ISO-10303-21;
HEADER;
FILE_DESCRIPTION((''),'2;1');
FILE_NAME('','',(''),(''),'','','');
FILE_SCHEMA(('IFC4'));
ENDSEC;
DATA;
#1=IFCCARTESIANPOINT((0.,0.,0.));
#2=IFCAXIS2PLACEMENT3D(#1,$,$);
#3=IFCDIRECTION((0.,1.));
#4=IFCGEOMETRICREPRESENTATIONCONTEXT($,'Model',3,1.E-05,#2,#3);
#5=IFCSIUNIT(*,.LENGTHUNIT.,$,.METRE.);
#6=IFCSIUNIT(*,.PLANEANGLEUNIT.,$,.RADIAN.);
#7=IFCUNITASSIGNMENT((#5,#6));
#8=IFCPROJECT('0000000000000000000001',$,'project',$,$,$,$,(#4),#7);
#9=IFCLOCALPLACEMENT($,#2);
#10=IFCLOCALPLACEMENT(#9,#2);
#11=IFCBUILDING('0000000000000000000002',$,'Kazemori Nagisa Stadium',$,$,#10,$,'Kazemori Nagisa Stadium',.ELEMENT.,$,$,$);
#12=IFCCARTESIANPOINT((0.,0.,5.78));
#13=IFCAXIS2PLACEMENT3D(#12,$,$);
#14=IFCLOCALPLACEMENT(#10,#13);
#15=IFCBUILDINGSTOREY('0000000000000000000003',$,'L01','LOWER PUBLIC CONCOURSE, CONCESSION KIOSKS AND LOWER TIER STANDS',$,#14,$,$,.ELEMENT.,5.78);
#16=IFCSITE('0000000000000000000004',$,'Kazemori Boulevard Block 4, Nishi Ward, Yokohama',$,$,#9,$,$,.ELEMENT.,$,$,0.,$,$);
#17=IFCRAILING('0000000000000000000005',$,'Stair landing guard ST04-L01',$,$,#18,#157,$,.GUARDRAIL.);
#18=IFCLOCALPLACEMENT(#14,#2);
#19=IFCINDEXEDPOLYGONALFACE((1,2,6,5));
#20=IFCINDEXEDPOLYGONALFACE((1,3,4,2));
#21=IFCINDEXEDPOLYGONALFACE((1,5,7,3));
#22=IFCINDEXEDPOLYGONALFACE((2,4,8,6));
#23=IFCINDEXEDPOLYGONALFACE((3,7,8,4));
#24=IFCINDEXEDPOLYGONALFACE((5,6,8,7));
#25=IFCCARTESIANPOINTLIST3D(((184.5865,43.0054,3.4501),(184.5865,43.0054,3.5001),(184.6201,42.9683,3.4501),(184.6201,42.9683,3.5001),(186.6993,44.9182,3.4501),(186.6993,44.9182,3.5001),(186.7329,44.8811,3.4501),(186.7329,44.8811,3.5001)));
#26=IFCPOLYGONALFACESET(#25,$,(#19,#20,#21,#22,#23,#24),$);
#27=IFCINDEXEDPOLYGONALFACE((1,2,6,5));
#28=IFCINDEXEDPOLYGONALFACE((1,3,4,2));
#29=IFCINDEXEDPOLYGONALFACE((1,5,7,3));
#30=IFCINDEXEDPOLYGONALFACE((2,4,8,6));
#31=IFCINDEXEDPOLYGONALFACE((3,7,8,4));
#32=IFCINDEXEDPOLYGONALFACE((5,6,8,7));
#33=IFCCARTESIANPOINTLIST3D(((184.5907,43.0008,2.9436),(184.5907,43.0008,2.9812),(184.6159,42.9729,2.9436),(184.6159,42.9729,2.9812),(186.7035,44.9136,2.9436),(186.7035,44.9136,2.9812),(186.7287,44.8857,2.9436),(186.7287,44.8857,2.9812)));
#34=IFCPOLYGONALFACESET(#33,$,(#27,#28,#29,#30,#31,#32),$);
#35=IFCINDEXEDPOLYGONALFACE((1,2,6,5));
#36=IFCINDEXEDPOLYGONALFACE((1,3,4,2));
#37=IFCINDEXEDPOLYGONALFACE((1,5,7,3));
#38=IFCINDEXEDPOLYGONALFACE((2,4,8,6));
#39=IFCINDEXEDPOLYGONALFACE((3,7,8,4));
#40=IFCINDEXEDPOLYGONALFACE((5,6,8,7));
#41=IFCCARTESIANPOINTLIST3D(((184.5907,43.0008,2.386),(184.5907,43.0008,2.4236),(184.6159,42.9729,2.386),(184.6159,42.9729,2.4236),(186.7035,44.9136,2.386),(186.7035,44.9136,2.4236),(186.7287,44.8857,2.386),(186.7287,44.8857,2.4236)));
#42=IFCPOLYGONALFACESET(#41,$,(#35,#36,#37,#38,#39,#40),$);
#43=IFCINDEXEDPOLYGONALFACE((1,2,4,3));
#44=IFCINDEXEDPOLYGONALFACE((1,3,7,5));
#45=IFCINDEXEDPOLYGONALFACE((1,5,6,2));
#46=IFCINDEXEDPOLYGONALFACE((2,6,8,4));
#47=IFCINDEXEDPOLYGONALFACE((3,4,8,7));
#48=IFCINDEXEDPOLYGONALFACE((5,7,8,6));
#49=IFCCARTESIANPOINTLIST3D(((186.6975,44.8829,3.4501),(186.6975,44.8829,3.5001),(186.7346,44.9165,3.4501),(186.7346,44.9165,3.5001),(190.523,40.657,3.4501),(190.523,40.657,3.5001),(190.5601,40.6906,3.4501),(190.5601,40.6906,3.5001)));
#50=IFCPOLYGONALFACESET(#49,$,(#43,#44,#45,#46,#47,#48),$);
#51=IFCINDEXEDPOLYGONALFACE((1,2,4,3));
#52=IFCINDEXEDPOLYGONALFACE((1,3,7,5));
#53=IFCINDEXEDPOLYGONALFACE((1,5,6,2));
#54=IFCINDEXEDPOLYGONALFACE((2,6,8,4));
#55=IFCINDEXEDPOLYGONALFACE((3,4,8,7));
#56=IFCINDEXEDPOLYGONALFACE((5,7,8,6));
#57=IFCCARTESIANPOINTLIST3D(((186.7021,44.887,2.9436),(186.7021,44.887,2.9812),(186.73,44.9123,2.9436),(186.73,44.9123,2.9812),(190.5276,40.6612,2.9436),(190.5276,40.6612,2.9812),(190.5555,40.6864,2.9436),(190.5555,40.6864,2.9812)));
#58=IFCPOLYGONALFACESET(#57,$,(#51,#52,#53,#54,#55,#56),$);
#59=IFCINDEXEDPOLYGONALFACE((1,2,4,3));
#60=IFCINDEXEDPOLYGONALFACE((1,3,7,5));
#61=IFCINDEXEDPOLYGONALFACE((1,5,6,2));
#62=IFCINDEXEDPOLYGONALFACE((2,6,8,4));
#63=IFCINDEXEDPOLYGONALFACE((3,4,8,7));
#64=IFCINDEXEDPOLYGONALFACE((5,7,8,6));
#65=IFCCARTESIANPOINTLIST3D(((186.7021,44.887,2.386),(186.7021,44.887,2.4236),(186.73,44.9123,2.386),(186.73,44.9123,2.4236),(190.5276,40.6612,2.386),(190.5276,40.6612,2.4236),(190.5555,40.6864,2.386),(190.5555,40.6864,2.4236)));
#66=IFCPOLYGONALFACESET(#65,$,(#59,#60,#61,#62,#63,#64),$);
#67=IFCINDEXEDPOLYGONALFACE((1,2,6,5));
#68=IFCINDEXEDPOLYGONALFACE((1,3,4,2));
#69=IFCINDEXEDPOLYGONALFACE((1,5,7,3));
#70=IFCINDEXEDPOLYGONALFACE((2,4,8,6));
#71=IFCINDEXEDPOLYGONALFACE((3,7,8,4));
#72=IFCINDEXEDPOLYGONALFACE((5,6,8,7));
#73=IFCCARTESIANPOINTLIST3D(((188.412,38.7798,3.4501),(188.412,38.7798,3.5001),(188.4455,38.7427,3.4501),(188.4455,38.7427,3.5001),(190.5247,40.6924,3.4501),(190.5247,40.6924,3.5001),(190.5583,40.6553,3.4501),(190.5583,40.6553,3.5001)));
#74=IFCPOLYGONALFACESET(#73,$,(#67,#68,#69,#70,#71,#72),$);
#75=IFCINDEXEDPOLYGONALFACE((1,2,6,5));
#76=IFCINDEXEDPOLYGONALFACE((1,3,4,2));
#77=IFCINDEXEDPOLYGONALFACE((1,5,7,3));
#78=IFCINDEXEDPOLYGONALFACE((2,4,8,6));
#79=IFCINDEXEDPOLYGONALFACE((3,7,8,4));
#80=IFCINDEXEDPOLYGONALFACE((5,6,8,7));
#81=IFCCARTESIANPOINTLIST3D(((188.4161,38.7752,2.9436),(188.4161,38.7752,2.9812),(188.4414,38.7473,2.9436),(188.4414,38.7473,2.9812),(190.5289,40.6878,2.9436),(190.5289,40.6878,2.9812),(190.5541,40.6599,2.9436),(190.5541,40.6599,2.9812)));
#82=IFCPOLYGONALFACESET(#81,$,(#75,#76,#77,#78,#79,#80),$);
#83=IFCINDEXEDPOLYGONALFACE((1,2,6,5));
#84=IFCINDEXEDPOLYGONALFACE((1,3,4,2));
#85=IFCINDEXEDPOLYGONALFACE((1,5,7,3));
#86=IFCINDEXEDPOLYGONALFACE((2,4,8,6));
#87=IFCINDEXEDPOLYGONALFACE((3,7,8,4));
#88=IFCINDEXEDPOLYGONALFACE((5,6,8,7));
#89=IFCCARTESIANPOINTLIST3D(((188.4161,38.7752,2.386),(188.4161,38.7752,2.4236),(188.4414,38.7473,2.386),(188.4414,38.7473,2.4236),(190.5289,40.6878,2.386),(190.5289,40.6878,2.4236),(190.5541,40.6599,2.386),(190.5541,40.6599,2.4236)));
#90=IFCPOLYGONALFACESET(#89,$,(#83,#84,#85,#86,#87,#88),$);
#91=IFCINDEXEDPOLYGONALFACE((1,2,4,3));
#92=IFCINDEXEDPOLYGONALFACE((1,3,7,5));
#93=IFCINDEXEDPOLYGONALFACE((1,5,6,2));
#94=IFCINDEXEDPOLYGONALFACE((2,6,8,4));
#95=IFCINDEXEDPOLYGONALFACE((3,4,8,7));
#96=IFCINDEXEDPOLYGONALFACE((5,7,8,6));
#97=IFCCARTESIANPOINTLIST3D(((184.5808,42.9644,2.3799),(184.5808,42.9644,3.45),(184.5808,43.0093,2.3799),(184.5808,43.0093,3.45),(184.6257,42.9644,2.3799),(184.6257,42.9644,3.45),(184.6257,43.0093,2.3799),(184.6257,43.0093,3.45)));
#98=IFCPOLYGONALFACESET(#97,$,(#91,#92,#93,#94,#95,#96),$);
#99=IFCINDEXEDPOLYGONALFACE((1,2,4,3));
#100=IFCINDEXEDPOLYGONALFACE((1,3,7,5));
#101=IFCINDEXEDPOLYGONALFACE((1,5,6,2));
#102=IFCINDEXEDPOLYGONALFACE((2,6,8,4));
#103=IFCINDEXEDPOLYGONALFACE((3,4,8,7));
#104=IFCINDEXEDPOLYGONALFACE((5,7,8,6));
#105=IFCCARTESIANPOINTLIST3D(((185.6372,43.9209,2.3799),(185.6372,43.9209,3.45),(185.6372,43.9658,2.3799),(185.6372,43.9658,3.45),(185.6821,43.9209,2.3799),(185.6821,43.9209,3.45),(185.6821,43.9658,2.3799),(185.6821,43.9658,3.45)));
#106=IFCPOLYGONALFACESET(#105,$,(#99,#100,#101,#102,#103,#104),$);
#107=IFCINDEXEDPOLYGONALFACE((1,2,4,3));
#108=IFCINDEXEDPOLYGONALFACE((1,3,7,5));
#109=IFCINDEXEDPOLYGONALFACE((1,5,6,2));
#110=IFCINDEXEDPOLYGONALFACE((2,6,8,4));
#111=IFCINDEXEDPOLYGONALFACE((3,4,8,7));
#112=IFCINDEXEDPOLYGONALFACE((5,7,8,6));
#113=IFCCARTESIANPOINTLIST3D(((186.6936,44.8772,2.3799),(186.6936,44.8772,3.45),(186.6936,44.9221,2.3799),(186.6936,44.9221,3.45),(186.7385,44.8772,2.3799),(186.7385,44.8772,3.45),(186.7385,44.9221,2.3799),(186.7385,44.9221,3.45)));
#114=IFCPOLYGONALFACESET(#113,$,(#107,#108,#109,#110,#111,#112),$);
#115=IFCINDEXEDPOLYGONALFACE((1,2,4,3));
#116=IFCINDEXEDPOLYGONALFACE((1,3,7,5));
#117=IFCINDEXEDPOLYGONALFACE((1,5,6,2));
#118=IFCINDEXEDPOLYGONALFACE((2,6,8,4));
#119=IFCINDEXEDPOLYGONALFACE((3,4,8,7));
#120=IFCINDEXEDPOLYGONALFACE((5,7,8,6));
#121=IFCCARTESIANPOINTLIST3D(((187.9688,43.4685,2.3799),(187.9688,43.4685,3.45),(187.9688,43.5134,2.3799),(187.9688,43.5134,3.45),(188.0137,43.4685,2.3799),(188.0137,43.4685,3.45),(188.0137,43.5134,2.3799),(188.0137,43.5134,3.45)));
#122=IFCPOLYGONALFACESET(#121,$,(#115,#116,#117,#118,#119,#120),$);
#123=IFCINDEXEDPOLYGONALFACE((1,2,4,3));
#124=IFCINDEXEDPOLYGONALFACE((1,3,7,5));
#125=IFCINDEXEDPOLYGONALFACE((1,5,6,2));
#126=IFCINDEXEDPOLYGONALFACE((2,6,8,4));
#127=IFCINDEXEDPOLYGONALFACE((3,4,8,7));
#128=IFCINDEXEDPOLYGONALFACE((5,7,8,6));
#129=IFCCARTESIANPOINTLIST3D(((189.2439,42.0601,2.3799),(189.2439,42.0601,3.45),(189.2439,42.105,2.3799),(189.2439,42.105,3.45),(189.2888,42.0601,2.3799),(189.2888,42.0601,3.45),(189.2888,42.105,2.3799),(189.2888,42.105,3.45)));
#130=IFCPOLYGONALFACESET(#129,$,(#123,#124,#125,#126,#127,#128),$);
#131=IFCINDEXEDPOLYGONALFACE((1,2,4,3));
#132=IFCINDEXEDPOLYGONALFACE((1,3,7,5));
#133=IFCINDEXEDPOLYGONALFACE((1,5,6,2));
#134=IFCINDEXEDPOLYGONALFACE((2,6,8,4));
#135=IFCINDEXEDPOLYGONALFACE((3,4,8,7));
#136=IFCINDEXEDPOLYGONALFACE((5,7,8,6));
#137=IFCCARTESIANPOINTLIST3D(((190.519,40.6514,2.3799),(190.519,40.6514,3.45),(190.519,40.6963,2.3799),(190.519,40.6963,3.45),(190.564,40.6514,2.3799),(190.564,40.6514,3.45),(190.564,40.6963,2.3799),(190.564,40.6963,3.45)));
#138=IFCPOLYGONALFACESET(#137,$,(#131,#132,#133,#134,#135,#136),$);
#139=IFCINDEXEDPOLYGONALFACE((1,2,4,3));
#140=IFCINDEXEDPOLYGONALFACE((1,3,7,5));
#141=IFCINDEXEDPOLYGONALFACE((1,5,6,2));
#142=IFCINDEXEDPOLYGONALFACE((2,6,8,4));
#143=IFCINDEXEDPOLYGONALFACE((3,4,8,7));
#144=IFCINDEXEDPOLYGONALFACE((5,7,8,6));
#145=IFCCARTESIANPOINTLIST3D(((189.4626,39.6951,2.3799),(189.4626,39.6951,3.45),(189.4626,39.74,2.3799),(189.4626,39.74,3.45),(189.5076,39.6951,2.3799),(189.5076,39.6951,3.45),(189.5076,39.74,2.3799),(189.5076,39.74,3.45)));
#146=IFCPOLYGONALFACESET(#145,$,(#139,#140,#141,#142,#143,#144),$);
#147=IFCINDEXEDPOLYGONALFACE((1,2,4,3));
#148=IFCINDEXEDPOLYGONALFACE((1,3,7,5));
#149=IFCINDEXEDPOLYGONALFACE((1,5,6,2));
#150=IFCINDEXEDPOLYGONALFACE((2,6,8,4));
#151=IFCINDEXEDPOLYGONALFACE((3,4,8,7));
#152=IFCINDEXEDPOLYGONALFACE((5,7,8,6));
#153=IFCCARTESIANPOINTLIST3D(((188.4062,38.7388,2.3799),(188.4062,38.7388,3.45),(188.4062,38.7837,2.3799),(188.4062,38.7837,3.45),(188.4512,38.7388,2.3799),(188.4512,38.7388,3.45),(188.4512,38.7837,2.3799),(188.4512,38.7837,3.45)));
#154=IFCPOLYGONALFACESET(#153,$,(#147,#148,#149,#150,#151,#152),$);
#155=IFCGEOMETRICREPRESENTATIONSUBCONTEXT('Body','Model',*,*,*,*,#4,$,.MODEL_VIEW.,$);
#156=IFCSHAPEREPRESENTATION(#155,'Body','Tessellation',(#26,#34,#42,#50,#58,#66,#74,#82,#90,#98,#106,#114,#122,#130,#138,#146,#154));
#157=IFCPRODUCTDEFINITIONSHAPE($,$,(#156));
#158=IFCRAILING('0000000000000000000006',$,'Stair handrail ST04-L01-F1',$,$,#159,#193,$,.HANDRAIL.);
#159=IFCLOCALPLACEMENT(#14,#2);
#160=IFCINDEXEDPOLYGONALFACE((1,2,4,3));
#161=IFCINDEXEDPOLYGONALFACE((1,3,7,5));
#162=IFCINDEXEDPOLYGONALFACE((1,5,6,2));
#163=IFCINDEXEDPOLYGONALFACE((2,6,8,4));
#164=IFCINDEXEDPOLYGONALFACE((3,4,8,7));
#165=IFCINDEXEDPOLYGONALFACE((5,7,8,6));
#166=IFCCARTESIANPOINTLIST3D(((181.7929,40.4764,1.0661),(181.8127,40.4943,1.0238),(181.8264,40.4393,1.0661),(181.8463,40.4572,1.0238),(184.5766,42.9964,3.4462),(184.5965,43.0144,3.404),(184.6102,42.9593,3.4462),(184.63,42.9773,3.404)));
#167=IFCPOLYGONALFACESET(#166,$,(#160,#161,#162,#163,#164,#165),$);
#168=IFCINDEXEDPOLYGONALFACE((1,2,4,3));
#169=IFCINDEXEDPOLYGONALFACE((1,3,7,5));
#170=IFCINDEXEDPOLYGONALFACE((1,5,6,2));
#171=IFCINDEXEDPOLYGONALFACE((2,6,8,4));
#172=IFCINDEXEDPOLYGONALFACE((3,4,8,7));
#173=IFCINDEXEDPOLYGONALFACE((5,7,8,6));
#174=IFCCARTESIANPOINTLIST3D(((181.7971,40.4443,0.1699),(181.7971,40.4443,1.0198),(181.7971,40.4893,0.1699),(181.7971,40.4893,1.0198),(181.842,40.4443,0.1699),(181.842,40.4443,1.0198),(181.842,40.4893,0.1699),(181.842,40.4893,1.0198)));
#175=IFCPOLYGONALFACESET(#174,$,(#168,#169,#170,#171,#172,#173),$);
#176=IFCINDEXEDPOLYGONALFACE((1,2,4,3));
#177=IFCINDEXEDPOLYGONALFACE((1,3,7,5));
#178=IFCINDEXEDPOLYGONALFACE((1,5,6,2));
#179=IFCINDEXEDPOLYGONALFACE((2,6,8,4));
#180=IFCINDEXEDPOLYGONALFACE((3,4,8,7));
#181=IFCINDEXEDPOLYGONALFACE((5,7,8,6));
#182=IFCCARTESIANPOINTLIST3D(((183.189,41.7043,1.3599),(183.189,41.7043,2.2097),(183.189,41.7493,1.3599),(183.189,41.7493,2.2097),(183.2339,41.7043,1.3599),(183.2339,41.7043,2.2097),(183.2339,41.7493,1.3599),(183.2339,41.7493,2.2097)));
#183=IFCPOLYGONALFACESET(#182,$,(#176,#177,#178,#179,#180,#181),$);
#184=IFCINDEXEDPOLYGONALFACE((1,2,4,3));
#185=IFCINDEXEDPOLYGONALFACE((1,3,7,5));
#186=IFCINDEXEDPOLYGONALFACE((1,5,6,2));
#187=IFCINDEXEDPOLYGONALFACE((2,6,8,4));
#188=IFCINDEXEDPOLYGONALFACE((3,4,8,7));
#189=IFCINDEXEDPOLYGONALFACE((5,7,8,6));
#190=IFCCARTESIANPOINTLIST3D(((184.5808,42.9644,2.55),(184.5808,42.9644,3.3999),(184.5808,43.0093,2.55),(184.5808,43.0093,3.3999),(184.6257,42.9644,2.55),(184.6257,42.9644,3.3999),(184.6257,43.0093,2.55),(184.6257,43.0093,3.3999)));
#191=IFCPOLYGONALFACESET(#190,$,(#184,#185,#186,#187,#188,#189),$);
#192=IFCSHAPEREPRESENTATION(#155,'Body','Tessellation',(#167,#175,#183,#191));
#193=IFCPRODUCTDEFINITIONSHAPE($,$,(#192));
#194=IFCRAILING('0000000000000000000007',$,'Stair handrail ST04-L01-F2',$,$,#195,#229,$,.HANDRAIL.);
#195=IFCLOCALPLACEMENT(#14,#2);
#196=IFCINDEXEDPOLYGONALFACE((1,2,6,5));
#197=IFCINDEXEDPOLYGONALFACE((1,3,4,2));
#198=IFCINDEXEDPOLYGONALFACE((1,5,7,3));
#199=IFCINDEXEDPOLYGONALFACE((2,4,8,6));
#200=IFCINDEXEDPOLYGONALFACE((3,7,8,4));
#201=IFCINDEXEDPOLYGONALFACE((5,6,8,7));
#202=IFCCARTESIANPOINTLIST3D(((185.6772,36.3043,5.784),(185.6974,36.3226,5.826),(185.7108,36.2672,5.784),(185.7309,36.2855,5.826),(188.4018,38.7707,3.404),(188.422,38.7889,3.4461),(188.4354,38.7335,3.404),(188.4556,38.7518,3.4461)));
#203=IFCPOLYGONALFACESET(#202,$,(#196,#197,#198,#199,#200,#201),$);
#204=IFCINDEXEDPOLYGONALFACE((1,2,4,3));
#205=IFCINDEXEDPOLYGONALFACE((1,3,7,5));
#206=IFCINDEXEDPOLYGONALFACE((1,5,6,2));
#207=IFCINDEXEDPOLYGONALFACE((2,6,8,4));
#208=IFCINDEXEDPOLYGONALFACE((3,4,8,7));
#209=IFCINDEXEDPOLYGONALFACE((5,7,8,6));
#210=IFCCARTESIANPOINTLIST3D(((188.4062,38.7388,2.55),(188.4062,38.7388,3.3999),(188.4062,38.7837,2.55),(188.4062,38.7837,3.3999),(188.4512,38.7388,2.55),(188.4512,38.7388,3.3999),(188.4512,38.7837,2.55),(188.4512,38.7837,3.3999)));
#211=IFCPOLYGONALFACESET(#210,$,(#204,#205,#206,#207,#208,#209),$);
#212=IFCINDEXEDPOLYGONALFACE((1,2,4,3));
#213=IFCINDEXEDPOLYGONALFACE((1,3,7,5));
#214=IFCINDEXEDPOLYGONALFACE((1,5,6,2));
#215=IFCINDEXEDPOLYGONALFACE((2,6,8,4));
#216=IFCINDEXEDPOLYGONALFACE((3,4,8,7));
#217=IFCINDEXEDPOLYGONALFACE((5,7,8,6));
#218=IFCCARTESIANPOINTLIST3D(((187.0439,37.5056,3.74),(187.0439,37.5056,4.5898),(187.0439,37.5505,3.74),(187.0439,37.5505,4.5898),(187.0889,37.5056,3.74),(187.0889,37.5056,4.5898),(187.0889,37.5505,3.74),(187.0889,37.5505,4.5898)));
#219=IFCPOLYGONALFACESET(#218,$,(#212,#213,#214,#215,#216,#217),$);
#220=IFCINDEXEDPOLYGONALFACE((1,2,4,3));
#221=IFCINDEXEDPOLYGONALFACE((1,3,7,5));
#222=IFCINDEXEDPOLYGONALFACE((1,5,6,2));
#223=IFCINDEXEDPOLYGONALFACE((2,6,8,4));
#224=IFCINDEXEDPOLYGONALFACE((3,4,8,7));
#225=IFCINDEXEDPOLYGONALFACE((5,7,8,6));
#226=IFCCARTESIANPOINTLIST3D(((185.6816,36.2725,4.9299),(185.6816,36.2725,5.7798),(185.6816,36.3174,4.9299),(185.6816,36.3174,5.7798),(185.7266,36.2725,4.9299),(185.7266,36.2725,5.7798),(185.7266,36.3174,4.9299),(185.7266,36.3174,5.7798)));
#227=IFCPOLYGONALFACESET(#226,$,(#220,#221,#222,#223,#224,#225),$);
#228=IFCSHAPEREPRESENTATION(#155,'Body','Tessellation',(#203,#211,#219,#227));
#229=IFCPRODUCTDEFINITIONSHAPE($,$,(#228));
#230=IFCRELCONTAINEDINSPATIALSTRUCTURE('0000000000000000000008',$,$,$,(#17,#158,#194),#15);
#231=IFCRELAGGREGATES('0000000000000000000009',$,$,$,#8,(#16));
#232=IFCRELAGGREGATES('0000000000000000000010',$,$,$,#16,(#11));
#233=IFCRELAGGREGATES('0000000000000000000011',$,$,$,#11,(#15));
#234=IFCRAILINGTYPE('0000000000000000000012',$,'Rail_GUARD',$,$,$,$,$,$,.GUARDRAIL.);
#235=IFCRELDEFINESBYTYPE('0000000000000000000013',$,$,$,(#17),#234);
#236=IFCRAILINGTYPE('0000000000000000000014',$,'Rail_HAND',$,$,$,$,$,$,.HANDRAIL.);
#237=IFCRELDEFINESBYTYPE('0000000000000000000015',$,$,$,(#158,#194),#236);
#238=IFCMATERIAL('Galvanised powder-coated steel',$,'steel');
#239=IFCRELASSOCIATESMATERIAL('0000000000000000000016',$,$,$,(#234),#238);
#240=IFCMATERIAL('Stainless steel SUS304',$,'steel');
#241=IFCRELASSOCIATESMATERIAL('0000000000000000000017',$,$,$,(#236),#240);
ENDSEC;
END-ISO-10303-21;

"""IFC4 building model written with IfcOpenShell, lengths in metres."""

from ifc_helpers import new_model, si_unit, direction, frame, origin, origin_2d, place, context, subcontext, project, spatial, rectangle, extrude, material, type_object, element, save


model = new_model("IFC4")

# Units and contexts
model_context = context("Model", 3, precision=1e-05, world=origin(), true_north=direction((0.0, 1.0)))
body_context = subcontext(model_context, "Body", "Model", "MODEL_VIEW")
ifc_project = project(units=[si_unit("LENGTHUNIT", "METRE"), si_unit("PLANEANGLEUNIT", "RADIAN")], contexts=[model_context])

# Site, building, storey
site_placement = place(None, origin())
site = spatial("IfcSite", under=ifc_project, at=site_placement, Name="Kazemori Boulevard Block 4, Nishi Ward, Yokohama", CompositionType="ELEMENT", RefElevation=0.0)
building_placement = place(site_placement, origin())
building = spatial("IfcBuilding", under=site, at=building_placement, Name="Kazemori Nagisa Stadium", LongName="Kazemori Nagisa Stadium", CompositionType="ELEMENT")
storey_placement = place(building_placement, frame((0.0, 0.0, 5.78)))
storey = spatial("IfcBuildingStorey", under=building, at=storey_placement, Name="L01", Description="LOWER PUBLIC CONCOURSE, CONCESSION KIOSKS AND LOWER TIER STANDS", CompositionType="ELEMENT", Elevation=5.78)

# Railings
ifc_material_1 = material(Name="Galvanised powder-coated steel", Category="steel")
railing_type_1 = type_object("IfcRailingType", Name="Rail_GUARD", PredefinedType="GUARDRAIL", material=ifc_material_1)
railing_1_placement = place(storey_placement, frame((184.6033, 42.9868, 2.3799)))
element("IfcRailing", 1, at=railing_1_placement, inside=storey, type_object=railing_type_1, Name="Stair landing guard ST04-L01", PredefinedType="GUARDRAIL", context=body_context, shape_type="SweptSolid", body=[
    extrude(rectangle(XDim=0.05, YDim=0.05, at=origin_2d()), frame((0.0, 0.0, 1.0952), z_axis=(0.741315, 0.671158, 0.0), x_axis=(-0.671158, 0.741315, 0.0)), (0.0, 0.0, 1.0), 2.8501),
    extrude(rectangle(XDim=0.0376, YDim=0.0376, at=origin_2d()), frame((0.0, 0.0, 0.5825), z_axis=(0.741315, 0.671158, 0.0), x_axis=(-0.671158, 0.741315, 0.0)), (0.0, 0.0, 1.0), 2.8501),
    extrude(rectangle(XDim=0.0376, YDim=0.0376, at=origin_2d()), frame((0.0, 0.0, 0.0249), z_axis=(0.741315, 0.671158, 0.0), x_axis=(-0.671158, 0.741315, 0.0)), (0.0, 0.0, 1.0), 2.8501),
    extrude(rectangle(XDim=0.05, YDim=0.05, at=origin_2d()), frame((2.1128, 1.9128, 1.0952), z_axis=(0.671113, -0.741355, 0.0), x_axis=(0.741355, 0.671113, 0.0)), (0.0, 0.0, 1.0), 5.7002),
    extrude(rectangle(XDim=0.0376, YDim=0.0376, at=origin_2d()), frame((2.1128, 1.9128, 0.5825), z_axis=(0.671113, -0.741355, 0.0), x_axis=(0.741355, 0.671113, 0.0)), (0.0, 0.0, 1.0), 5.7002),
    extrude(rectangle(XDim=0.0376, YDim=0.0376, at=origin_2d()), frame((2.1128, 1.9128, 0.0249), z_axis=(0.671113, -0.741355, 0.0), x_axis=(0.741355, 0.671113, 0.0)), (0.0, 0.0, 1.0), 5.7002),
    extrude(rectangle(XDim=0.05, YDim=0.05, at=origin_2d()), frame((5.9382, -2.313, 1.0952), z_axis=(-0.741357, -0.671111, 0.0), x_axis=(0.671111, -0.741357, 0.0)), (0.0, 0.0, 1.0), 2.8499),
    extrude(rectangle(XDim=0.0376, YDim=0.0376, at=origin_2d()), frame((5.9382, -2.313, 0.5825), z_axis=(-0.741357, -0.671111, 0.0), x_axis=(0.671111, -0.741357, 0.0)), (0.0, 0.0, 1.0), 2.8499),
    extrude(rectangle(XDim=0.0376, YDim=0.0376, at=origin_2d()), frame((5.9382, -2.313, 0.0249), z_axis=(-0.741357, -0.671111, 0.0), x_axis=(0.671111, -0.741357, 0.0)), (0.0, 0.0, 1.0), 2.8499),
    extrude(rectangle(XDim=0.0449, YDim=0.0449, at=origin_2d()), origin(), (0.0, 0.0, 1.0), 1.0701),
    extrude(rectangle(XDim=0.0449, YDim=0.0449, at=origin_2d()), frame((1.0564, 0.9565, 0.0)), (0.0, 0.0, 1.0), 1.0701),
    extrude(rectangle(XDim=0.0449, YDim=0.0449, at=origin_2d()), frame((2.1128, 1.9128, 0.0)), (0.0, 0.0, 1.0), 1.0701),
    extrude(rectangle(XDim=0.0449, YDim=0.0449, at=origin_2d()), frame((3.3879, 0.5042, 0.0)), (0.0, 0.0, 1.0), 1.0701),
    extrude(rectangle(XDim=0.0449, YDim=0.0449, at=origin_2d()), frame((4.6631, -0.9043, 0.0)), (0.0, 0.0, 1.0), 1.0701),
    extrude(rectangle(XDim=0.0449, YDim=0.0449, at=origin_2d()), frame((5.9382, -2.313, 0.0)), (0.0, 0.0, 1.0), 1.0701),
    extrude(rectangle(XDim=0.0449, YDim=0.0449, at=origin_2d()), frame((4.8818, -3.2693, 0.0)), (0.0, 0.0, 1.0), 1.0701),
    extrude(rectangle(XDim=0.0449, YDim=0.0449, at=origin_2d()), frame((3.8254, -4.2256, 0.0)), (0.0, 0.0, 1.0), 1.0701),
])
ifc_material_2 = material(Name="Stainless steel SUS304", Category="steel")
railing_type_2 = type_object("IfcRailingType", Name="Rail_HAND", PredefinedType="HANDRAIL", material=ifc_material_2)
railing_2_placement = place(storey_placement, frame((181.8196, 40.4668, 0.1699)))
element("IfcRailing", 2, at=railing_2_placement, inside=storey, type_object=railing_type_2, Name="Stair handrail ST04-L01-F1", PredefinedType="HANDRAIL", context=body_context, shape_type="SweptSolid", body=[
    extrude(rectangle(XDim=0.05, YDim=0.05, at=origin_2d()), frame((0.0, 0.0, 0.875), z_axis=(0.626151, 0.566842, 0.535375), x_axis=(-0.671124, 0.741345, 0.0)), (0.0, 0.0, 1.0), 4.4458),
    extrude(rectangle(XDim=0.0449, YDim=0.0449, at=origin_2d()), origin(), (0.0, 0.0, 1.0), 0.8499),
    extrude(rectangle(XDim=0.0449, YDim=0.0449, at=origin_2d()), frame((1.3918, 1.26, 1.1899)), (0.0, 0.0, 1.0), 0.8499),
    extrude(rectangle(XDim=0.0449, YDim=0.0449, at=origin_2d()), frame((2.7837, 2.52, 2.3801)), (0.0, 0.0, 1.0), 0.8499),
])
railing_3_placement = place(storey_placement, frame((188.4287, 38.7612, 2.55)))
element("IfcRailing", 3, at=railing_3_placement, inside=storey, type_object=railing_type_2, Name="Stair handrail ST04-L01-F2", PredefinedType="HANDRAIL", context=body_context, shape_type="SweptSolid", body=[
    extrude(rectangle(XDim=0.05, YDim=0.05, at=origin_2d()), frame((0.0, 0.0, 0.875), z_axis=(-0.62229, -0.563295, 0.543556), x_axis=(0.671091, -0.741375, 0.0)), (0.0, 0.0, 1.0), 4.3784),
    extrude(rectangle(XDim=0.0449, YDim=0.0449, at=origin_2d()), origin(), (0.0, 0.0, 1.0), 0.8499),
    extrude(rectangle(XDim=0.0449, YDim=0.0449, at=origin_2d()), frame((-1.3623, -1.2332, 1.1899)), (0.0, 0.0, 1.0), 0.8499),
    extrude(rectangle(XDim=0.0449, YDim=0.0449, at=origin_2d()), frame((-2.7246, -2.4663, 2.3799)), (0.0, 0.0, 1.0), 0.8499),
])

save(model, "model.ifc")
